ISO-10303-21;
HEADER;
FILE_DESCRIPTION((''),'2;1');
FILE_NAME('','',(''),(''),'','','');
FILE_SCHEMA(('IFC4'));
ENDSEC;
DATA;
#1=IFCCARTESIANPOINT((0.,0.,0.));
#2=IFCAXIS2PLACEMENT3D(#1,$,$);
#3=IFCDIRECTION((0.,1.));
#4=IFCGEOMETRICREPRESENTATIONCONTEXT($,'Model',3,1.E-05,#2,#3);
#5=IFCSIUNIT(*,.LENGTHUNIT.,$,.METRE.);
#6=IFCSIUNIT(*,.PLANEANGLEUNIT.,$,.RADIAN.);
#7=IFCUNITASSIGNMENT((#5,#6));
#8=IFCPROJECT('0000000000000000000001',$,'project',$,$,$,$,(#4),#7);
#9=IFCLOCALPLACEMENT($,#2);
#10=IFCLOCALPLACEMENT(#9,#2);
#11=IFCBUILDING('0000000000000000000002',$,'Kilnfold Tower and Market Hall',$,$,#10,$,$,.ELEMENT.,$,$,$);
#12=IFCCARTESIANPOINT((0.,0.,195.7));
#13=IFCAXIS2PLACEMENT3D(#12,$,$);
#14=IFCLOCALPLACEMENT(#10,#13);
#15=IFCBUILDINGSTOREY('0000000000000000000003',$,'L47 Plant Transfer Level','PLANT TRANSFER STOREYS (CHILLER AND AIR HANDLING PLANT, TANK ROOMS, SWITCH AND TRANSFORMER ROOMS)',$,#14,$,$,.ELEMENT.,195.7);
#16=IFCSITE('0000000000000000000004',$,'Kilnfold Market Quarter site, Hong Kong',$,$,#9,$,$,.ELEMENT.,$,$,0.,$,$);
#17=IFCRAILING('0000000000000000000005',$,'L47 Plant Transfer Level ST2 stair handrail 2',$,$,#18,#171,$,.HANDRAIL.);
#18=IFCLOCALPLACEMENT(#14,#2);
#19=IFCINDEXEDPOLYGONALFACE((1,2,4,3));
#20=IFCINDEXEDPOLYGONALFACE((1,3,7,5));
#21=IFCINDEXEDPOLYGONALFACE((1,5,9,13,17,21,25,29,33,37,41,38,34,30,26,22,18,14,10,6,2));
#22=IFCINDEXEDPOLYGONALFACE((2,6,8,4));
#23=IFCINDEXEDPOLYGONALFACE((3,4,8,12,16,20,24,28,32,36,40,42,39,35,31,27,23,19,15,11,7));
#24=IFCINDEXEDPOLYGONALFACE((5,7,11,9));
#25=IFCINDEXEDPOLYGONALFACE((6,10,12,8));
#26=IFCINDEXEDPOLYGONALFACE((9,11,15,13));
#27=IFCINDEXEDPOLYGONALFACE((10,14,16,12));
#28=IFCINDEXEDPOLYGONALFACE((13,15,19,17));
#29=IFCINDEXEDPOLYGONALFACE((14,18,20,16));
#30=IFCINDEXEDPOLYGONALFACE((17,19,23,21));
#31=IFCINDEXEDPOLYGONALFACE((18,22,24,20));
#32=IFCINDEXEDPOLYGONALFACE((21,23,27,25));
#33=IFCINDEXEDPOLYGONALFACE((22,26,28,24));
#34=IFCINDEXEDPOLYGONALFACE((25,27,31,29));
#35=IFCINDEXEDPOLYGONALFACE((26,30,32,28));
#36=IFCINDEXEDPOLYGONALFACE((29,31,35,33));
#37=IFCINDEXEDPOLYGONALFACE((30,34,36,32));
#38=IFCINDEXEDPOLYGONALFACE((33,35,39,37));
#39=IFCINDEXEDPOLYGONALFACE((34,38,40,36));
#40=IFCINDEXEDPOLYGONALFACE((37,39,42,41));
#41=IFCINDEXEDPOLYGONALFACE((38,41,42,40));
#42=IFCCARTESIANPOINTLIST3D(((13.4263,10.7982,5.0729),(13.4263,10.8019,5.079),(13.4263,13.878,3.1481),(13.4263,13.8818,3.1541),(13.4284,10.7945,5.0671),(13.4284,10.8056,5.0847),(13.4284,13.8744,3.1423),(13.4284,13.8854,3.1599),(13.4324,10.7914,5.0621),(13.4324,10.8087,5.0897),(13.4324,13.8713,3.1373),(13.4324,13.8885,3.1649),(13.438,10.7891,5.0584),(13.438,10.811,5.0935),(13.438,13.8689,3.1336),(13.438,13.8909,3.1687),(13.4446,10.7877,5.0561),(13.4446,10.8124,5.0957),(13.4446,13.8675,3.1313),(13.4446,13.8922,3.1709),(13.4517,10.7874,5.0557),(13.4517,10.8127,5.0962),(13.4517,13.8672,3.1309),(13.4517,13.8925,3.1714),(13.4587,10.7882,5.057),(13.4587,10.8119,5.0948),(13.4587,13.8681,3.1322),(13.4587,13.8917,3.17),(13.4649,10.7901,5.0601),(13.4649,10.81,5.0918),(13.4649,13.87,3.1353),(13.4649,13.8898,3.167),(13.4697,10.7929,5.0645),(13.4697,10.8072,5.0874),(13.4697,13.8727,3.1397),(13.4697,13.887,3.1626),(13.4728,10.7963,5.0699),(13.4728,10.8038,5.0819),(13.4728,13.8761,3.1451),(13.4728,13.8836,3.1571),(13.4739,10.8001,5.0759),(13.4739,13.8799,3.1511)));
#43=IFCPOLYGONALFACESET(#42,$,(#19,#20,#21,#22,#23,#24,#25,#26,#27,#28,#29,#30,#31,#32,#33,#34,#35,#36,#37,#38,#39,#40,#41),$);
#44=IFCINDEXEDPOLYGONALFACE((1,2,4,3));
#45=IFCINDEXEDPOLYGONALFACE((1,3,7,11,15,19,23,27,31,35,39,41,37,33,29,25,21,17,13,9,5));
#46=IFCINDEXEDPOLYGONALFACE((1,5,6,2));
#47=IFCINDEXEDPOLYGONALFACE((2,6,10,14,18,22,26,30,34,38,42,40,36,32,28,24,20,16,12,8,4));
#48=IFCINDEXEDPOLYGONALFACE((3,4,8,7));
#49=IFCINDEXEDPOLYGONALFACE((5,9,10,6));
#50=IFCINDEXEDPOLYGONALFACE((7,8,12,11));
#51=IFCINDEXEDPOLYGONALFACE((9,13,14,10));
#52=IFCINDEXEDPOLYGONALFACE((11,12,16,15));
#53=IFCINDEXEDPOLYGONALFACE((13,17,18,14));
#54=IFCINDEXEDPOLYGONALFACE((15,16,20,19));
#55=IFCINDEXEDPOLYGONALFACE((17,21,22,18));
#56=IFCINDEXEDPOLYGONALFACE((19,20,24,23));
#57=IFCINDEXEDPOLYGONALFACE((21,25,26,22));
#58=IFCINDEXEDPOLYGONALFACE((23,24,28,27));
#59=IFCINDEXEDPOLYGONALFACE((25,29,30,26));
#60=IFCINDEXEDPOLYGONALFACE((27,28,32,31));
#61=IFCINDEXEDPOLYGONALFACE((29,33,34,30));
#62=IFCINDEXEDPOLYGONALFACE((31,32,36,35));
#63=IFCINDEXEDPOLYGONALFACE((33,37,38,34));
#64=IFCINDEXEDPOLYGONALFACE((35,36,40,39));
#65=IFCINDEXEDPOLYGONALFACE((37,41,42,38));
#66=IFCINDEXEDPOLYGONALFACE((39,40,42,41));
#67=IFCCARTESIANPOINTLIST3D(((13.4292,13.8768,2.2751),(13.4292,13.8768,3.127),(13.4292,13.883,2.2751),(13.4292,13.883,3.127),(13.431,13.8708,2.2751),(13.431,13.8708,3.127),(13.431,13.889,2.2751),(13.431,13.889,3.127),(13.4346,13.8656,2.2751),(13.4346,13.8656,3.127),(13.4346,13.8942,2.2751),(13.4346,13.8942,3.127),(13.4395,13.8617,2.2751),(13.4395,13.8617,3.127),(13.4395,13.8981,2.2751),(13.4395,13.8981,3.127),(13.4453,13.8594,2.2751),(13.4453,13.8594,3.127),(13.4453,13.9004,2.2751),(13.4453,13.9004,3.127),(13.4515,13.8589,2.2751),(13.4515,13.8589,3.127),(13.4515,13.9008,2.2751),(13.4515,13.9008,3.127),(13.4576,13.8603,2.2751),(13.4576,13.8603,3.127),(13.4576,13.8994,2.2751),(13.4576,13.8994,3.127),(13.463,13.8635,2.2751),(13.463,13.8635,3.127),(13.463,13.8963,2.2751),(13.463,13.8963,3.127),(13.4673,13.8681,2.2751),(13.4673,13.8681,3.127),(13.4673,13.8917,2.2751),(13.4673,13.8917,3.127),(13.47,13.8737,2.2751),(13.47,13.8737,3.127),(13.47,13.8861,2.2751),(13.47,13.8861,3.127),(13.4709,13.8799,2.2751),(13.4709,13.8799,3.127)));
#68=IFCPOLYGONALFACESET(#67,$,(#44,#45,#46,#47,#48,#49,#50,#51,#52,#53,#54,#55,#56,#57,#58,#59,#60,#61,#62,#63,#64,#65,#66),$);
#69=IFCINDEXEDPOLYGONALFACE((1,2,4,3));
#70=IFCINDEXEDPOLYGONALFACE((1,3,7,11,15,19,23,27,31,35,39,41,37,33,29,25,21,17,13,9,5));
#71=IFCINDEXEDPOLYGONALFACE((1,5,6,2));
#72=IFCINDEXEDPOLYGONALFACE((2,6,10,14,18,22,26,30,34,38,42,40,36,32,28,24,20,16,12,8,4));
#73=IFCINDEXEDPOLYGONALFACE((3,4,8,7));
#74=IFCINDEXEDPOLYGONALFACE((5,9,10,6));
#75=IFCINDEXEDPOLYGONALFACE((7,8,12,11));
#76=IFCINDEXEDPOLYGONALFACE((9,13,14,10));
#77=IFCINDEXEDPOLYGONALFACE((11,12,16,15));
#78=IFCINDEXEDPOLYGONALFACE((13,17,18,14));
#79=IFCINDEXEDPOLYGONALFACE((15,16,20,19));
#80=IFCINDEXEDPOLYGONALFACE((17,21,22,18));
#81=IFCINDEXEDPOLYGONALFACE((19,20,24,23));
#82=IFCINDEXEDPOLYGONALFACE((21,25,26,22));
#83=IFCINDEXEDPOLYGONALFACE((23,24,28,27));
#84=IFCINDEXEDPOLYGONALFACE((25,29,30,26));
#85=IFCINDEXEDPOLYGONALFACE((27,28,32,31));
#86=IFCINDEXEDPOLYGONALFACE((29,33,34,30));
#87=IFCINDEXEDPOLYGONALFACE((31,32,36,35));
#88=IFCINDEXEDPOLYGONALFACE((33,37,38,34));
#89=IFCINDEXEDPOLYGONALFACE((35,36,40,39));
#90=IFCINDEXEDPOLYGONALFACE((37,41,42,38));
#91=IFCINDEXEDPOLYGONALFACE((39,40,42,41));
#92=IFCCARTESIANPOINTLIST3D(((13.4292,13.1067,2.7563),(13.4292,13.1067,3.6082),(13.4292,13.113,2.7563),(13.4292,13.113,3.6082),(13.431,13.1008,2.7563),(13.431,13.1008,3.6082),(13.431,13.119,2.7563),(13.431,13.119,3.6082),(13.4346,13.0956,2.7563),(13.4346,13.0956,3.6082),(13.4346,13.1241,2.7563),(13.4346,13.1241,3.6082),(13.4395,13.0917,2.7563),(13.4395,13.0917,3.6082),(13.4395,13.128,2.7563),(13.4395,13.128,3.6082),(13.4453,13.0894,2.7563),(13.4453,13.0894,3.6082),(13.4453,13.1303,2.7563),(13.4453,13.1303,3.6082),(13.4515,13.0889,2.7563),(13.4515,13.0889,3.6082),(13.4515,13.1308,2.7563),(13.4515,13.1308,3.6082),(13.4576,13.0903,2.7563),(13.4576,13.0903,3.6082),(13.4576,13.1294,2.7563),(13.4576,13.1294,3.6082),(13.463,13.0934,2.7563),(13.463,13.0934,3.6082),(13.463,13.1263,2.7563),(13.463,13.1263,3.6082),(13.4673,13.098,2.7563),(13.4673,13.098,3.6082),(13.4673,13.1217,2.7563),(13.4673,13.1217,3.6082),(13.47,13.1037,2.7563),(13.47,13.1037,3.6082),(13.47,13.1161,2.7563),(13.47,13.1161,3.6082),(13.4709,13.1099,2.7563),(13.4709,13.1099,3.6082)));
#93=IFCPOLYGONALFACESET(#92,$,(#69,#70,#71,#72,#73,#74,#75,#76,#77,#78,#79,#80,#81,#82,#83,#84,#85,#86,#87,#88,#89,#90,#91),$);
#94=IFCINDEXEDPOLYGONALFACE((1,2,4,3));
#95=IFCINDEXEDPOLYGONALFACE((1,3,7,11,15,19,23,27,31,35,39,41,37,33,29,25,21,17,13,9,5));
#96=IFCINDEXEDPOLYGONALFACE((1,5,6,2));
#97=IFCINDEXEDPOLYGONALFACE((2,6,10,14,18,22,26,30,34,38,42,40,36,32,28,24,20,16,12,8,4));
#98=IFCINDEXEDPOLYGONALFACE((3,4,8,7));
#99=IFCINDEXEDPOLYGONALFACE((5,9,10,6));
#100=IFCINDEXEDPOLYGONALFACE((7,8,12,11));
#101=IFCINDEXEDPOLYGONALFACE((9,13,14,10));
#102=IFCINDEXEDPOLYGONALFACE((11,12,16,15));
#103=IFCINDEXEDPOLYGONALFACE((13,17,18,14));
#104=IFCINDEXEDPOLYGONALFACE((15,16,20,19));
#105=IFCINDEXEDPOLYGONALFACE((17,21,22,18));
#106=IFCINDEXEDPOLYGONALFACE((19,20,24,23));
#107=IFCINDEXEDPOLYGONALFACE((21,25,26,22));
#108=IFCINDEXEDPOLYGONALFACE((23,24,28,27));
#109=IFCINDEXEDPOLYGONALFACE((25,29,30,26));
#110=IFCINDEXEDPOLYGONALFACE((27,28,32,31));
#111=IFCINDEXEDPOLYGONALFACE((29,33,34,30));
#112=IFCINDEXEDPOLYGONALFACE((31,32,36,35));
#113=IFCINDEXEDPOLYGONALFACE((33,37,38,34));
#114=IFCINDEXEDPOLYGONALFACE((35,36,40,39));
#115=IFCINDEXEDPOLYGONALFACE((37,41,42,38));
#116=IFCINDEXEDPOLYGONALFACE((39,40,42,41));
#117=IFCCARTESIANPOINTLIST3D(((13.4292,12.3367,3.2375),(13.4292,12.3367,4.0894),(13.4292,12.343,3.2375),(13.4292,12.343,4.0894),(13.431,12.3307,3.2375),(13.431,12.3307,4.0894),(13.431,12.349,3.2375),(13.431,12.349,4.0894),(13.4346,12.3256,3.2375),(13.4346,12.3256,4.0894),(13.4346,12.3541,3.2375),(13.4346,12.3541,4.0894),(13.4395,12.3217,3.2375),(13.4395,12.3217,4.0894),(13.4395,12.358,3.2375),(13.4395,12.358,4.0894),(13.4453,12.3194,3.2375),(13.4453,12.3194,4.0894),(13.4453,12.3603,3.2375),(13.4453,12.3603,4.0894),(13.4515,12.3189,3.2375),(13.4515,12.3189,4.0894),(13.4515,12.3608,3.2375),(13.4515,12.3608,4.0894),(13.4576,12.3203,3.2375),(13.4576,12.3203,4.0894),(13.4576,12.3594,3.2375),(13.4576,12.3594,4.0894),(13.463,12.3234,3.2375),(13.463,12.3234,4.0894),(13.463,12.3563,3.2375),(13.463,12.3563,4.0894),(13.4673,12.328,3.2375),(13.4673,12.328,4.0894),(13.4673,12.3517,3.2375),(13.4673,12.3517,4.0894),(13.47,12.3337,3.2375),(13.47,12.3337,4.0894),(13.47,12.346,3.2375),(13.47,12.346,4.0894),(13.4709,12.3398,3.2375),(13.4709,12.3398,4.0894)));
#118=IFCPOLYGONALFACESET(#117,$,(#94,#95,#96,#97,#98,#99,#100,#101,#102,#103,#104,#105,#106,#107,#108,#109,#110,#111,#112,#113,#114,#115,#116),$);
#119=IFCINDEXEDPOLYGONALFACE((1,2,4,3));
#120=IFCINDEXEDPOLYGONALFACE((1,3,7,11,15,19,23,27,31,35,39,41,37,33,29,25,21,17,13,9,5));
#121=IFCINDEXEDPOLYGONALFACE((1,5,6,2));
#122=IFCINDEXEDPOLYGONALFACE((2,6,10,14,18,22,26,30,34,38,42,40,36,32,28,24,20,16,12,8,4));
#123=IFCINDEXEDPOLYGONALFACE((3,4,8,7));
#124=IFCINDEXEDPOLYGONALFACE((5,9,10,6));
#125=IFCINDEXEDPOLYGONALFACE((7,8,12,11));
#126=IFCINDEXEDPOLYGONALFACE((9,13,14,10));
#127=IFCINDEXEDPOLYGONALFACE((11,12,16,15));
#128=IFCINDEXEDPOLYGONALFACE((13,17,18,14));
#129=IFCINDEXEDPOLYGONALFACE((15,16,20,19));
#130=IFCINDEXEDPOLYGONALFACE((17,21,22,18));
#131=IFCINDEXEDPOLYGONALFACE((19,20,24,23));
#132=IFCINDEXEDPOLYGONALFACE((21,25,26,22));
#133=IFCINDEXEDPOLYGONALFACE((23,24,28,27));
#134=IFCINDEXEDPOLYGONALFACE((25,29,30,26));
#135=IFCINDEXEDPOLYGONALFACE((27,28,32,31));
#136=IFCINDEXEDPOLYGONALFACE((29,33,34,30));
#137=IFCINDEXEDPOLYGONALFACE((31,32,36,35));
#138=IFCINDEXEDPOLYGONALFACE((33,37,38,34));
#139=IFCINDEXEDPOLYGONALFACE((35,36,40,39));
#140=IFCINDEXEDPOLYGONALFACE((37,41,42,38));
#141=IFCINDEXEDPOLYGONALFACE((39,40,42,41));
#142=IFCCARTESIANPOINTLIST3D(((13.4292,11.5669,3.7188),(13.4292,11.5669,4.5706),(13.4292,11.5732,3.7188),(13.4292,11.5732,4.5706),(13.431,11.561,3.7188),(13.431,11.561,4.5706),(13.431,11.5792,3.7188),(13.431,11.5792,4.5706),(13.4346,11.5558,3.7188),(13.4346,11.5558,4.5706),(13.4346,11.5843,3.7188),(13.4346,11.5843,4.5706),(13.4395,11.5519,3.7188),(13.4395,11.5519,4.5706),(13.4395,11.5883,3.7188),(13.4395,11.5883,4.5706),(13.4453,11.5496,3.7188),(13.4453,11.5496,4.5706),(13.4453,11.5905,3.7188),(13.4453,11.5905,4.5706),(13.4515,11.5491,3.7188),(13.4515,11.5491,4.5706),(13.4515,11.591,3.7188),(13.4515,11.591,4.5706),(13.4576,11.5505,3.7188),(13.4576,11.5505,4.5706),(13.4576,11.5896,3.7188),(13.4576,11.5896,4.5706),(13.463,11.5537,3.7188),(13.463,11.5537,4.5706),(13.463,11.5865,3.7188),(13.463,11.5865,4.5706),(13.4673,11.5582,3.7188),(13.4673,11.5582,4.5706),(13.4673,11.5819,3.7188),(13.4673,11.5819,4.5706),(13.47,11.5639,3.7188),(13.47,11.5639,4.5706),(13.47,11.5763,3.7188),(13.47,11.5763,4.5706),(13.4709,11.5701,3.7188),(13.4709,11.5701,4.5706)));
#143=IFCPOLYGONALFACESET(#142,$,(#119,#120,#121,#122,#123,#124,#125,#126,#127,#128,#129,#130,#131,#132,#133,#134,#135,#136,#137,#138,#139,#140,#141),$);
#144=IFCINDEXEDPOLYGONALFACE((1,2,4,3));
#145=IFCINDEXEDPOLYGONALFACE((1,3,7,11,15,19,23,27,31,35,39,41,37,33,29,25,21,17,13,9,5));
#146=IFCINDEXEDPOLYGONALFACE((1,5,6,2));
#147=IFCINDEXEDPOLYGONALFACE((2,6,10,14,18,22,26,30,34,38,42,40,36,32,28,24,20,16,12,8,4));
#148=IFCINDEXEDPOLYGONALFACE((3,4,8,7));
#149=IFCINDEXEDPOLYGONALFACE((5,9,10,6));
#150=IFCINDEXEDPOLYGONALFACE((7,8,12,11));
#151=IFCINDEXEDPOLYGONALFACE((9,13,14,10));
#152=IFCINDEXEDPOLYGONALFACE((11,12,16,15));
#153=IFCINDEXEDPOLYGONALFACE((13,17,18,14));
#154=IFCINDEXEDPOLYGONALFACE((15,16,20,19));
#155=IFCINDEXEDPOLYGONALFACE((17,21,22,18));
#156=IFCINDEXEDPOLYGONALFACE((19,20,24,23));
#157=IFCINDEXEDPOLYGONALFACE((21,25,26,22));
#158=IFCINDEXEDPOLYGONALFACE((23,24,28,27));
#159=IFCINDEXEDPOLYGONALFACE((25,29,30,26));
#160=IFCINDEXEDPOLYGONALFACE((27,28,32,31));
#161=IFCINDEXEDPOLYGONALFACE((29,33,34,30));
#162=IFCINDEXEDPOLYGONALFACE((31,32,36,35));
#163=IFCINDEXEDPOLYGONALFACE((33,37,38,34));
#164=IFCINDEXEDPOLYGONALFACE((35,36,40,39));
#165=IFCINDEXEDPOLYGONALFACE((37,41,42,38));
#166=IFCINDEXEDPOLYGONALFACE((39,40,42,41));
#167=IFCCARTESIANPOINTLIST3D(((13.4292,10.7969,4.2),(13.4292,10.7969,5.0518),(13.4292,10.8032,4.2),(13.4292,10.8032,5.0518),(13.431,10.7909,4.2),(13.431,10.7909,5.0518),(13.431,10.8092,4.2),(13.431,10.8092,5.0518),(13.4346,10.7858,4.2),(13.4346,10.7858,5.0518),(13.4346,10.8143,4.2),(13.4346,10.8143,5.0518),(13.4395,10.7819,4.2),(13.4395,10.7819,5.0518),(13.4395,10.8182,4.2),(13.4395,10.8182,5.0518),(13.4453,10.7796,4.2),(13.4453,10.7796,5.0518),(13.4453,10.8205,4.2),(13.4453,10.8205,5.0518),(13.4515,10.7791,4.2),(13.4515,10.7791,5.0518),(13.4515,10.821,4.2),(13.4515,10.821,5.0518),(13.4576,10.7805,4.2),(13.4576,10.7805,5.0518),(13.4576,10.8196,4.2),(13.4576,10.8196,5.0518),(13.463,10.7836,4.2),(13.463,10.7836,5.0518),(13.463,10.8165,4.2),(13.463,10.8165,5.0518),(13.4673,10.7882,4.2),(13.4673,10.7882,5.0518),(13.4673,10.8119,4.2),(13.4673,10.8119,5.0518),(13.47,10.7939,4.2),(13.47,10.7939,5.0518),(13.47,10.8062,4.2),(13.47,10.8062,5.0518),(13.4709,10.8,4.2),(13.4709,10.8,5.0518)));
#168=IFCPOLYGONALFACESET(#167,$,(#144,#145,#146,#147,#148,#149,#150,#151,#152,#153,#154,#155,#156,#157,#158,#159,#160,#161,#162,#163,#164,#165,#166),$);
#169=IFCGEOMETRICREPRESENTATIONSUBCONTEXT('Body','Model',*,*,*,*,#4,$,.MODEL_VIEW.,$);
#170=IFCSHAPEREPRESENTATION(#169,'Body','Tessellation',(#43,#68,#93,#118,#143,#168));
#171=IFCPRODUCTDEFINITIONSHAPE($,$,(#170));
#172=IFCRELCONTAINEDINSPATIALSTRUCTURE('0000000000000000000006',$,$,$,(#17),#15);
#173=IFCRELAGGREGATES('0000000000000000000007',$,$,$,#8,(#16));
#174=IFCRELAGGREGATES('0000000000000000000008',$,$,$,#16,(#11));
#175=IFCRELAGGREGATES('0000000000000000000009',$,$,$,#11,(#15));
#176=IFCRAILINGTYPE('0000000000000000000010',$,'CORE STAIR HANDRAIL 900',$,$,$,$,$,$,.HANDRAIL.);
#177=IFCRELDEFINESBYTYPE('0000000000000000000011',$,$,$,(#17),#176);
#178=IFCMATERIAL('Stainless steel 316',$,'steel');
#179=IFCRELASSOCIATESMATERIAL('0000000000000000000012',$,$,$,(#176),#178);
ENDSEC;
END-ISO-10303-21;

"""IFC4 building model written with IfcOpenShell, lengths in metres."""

from ifc_helpers import new_model, si_unit, direction, frame, origin, origin_2d, place, context, subcontext, project, spatial, circle, extrude, material, type_object, element, save


model = new_model("IFC4")

# Units and contexts
model_context = context("Model", 3, precision=1e-05, world=origin(), true_north=direction((0.0, 1.0)))
body_context = subcontext(model_context, "Body", "Model", "MODEL_VIEW")
ifc_project = project(units=[si_unit("LENGTHUNIT", "METRE"), si_unit("PLANEANGLEUNIT", "RADIAN")], contexts=[model_context])

# Site, building, storey
site_placement = place(None, origin())
site = spatial("IfcSite", under=ifc_project, at=site_placement, Name="Kilnfold Market Quarter site, Hong Kong", CompositionType="ELEMENT", RefElevation=0.0)
building_placement = place(site_placement, origin())
building = spatial("IfcBuilding", under=site, at=building_placement, Name="Kilnfold Tower and Market Hall", CompositionType="ELEMENT")
storey_placement = place(building_placement, frame((0.0, 0.0, 195.7)))
storey = spatial("IfcBuildingStorey", under=building, at=storey_placement, Name="L47 Plant Transfer Level", Description="PLANT TRANSFER STOREYS (CHILLER AND AIR HANDLING PLANT, TANK ROOMS, SWITCH AND TRANSFORMER ROOMS)", CompositionType="ELEMENT", Elevation=195.7)

# Railing
ifc_material_1 = material(Name="Stainless steel 316", Category="steel")
railing_type_1 = type_object("IfcRailingType", Name="CORE STAIR HANDRAIL 900", PredefinedType="HANDRAIL", material=ifc_material_1)
railing_1_placement = place(storey_placement, frame((13.45, 13.8799, 2.2751)))
element("IfcRailing", 1, at=railing_1_placement, inside=storey, type_object=railing_type_1, Name="L47 Plant Transfer Level ST2 stair handrail 2", PredefinedType="HANDRAIL", context=body_context, shape_type="SweptSolid", body=[
    extrude(circle(Radius=0.0239, at=origin_2d()), frame((0.0, 0.0, 0.876), z_axis=(0.0, -0.84801, 0.529981), x_axis=(1.0, 0.0, 0.0)), (0.0, 0.0, 1.0), 3.6318),
    extrude(circle(Radius=0.021, at=origin_2d()), origin(), (0.0, 0.0, 1.0), 0.8518),
    extrude(circle(Radius=0.021, at=origin_2d()), frame((0.0, -0.77, 0.4812)), (0.0, 0.0, 1.0), 0.8518),
    extrude(circle(Radius=0.021, at=origin_2d()), frame((0.0, -1.54, 0.9624)), (0.0, 0.0, 1.0), 0.8518),
    extrude(circle(Radius=0.021, at=origin_2d()), frame((0.0, -2.3098, 1.4436)), (0.0, 0.0, 1.0), 0.8518),
    extrude(circle(Radius=0.021, at=origin_2d()), frame((0.0, -3.0798, 1.9248)), (0.0, 0.0, 1.0), 0.8518),
])

save(model, "model.ifc")
